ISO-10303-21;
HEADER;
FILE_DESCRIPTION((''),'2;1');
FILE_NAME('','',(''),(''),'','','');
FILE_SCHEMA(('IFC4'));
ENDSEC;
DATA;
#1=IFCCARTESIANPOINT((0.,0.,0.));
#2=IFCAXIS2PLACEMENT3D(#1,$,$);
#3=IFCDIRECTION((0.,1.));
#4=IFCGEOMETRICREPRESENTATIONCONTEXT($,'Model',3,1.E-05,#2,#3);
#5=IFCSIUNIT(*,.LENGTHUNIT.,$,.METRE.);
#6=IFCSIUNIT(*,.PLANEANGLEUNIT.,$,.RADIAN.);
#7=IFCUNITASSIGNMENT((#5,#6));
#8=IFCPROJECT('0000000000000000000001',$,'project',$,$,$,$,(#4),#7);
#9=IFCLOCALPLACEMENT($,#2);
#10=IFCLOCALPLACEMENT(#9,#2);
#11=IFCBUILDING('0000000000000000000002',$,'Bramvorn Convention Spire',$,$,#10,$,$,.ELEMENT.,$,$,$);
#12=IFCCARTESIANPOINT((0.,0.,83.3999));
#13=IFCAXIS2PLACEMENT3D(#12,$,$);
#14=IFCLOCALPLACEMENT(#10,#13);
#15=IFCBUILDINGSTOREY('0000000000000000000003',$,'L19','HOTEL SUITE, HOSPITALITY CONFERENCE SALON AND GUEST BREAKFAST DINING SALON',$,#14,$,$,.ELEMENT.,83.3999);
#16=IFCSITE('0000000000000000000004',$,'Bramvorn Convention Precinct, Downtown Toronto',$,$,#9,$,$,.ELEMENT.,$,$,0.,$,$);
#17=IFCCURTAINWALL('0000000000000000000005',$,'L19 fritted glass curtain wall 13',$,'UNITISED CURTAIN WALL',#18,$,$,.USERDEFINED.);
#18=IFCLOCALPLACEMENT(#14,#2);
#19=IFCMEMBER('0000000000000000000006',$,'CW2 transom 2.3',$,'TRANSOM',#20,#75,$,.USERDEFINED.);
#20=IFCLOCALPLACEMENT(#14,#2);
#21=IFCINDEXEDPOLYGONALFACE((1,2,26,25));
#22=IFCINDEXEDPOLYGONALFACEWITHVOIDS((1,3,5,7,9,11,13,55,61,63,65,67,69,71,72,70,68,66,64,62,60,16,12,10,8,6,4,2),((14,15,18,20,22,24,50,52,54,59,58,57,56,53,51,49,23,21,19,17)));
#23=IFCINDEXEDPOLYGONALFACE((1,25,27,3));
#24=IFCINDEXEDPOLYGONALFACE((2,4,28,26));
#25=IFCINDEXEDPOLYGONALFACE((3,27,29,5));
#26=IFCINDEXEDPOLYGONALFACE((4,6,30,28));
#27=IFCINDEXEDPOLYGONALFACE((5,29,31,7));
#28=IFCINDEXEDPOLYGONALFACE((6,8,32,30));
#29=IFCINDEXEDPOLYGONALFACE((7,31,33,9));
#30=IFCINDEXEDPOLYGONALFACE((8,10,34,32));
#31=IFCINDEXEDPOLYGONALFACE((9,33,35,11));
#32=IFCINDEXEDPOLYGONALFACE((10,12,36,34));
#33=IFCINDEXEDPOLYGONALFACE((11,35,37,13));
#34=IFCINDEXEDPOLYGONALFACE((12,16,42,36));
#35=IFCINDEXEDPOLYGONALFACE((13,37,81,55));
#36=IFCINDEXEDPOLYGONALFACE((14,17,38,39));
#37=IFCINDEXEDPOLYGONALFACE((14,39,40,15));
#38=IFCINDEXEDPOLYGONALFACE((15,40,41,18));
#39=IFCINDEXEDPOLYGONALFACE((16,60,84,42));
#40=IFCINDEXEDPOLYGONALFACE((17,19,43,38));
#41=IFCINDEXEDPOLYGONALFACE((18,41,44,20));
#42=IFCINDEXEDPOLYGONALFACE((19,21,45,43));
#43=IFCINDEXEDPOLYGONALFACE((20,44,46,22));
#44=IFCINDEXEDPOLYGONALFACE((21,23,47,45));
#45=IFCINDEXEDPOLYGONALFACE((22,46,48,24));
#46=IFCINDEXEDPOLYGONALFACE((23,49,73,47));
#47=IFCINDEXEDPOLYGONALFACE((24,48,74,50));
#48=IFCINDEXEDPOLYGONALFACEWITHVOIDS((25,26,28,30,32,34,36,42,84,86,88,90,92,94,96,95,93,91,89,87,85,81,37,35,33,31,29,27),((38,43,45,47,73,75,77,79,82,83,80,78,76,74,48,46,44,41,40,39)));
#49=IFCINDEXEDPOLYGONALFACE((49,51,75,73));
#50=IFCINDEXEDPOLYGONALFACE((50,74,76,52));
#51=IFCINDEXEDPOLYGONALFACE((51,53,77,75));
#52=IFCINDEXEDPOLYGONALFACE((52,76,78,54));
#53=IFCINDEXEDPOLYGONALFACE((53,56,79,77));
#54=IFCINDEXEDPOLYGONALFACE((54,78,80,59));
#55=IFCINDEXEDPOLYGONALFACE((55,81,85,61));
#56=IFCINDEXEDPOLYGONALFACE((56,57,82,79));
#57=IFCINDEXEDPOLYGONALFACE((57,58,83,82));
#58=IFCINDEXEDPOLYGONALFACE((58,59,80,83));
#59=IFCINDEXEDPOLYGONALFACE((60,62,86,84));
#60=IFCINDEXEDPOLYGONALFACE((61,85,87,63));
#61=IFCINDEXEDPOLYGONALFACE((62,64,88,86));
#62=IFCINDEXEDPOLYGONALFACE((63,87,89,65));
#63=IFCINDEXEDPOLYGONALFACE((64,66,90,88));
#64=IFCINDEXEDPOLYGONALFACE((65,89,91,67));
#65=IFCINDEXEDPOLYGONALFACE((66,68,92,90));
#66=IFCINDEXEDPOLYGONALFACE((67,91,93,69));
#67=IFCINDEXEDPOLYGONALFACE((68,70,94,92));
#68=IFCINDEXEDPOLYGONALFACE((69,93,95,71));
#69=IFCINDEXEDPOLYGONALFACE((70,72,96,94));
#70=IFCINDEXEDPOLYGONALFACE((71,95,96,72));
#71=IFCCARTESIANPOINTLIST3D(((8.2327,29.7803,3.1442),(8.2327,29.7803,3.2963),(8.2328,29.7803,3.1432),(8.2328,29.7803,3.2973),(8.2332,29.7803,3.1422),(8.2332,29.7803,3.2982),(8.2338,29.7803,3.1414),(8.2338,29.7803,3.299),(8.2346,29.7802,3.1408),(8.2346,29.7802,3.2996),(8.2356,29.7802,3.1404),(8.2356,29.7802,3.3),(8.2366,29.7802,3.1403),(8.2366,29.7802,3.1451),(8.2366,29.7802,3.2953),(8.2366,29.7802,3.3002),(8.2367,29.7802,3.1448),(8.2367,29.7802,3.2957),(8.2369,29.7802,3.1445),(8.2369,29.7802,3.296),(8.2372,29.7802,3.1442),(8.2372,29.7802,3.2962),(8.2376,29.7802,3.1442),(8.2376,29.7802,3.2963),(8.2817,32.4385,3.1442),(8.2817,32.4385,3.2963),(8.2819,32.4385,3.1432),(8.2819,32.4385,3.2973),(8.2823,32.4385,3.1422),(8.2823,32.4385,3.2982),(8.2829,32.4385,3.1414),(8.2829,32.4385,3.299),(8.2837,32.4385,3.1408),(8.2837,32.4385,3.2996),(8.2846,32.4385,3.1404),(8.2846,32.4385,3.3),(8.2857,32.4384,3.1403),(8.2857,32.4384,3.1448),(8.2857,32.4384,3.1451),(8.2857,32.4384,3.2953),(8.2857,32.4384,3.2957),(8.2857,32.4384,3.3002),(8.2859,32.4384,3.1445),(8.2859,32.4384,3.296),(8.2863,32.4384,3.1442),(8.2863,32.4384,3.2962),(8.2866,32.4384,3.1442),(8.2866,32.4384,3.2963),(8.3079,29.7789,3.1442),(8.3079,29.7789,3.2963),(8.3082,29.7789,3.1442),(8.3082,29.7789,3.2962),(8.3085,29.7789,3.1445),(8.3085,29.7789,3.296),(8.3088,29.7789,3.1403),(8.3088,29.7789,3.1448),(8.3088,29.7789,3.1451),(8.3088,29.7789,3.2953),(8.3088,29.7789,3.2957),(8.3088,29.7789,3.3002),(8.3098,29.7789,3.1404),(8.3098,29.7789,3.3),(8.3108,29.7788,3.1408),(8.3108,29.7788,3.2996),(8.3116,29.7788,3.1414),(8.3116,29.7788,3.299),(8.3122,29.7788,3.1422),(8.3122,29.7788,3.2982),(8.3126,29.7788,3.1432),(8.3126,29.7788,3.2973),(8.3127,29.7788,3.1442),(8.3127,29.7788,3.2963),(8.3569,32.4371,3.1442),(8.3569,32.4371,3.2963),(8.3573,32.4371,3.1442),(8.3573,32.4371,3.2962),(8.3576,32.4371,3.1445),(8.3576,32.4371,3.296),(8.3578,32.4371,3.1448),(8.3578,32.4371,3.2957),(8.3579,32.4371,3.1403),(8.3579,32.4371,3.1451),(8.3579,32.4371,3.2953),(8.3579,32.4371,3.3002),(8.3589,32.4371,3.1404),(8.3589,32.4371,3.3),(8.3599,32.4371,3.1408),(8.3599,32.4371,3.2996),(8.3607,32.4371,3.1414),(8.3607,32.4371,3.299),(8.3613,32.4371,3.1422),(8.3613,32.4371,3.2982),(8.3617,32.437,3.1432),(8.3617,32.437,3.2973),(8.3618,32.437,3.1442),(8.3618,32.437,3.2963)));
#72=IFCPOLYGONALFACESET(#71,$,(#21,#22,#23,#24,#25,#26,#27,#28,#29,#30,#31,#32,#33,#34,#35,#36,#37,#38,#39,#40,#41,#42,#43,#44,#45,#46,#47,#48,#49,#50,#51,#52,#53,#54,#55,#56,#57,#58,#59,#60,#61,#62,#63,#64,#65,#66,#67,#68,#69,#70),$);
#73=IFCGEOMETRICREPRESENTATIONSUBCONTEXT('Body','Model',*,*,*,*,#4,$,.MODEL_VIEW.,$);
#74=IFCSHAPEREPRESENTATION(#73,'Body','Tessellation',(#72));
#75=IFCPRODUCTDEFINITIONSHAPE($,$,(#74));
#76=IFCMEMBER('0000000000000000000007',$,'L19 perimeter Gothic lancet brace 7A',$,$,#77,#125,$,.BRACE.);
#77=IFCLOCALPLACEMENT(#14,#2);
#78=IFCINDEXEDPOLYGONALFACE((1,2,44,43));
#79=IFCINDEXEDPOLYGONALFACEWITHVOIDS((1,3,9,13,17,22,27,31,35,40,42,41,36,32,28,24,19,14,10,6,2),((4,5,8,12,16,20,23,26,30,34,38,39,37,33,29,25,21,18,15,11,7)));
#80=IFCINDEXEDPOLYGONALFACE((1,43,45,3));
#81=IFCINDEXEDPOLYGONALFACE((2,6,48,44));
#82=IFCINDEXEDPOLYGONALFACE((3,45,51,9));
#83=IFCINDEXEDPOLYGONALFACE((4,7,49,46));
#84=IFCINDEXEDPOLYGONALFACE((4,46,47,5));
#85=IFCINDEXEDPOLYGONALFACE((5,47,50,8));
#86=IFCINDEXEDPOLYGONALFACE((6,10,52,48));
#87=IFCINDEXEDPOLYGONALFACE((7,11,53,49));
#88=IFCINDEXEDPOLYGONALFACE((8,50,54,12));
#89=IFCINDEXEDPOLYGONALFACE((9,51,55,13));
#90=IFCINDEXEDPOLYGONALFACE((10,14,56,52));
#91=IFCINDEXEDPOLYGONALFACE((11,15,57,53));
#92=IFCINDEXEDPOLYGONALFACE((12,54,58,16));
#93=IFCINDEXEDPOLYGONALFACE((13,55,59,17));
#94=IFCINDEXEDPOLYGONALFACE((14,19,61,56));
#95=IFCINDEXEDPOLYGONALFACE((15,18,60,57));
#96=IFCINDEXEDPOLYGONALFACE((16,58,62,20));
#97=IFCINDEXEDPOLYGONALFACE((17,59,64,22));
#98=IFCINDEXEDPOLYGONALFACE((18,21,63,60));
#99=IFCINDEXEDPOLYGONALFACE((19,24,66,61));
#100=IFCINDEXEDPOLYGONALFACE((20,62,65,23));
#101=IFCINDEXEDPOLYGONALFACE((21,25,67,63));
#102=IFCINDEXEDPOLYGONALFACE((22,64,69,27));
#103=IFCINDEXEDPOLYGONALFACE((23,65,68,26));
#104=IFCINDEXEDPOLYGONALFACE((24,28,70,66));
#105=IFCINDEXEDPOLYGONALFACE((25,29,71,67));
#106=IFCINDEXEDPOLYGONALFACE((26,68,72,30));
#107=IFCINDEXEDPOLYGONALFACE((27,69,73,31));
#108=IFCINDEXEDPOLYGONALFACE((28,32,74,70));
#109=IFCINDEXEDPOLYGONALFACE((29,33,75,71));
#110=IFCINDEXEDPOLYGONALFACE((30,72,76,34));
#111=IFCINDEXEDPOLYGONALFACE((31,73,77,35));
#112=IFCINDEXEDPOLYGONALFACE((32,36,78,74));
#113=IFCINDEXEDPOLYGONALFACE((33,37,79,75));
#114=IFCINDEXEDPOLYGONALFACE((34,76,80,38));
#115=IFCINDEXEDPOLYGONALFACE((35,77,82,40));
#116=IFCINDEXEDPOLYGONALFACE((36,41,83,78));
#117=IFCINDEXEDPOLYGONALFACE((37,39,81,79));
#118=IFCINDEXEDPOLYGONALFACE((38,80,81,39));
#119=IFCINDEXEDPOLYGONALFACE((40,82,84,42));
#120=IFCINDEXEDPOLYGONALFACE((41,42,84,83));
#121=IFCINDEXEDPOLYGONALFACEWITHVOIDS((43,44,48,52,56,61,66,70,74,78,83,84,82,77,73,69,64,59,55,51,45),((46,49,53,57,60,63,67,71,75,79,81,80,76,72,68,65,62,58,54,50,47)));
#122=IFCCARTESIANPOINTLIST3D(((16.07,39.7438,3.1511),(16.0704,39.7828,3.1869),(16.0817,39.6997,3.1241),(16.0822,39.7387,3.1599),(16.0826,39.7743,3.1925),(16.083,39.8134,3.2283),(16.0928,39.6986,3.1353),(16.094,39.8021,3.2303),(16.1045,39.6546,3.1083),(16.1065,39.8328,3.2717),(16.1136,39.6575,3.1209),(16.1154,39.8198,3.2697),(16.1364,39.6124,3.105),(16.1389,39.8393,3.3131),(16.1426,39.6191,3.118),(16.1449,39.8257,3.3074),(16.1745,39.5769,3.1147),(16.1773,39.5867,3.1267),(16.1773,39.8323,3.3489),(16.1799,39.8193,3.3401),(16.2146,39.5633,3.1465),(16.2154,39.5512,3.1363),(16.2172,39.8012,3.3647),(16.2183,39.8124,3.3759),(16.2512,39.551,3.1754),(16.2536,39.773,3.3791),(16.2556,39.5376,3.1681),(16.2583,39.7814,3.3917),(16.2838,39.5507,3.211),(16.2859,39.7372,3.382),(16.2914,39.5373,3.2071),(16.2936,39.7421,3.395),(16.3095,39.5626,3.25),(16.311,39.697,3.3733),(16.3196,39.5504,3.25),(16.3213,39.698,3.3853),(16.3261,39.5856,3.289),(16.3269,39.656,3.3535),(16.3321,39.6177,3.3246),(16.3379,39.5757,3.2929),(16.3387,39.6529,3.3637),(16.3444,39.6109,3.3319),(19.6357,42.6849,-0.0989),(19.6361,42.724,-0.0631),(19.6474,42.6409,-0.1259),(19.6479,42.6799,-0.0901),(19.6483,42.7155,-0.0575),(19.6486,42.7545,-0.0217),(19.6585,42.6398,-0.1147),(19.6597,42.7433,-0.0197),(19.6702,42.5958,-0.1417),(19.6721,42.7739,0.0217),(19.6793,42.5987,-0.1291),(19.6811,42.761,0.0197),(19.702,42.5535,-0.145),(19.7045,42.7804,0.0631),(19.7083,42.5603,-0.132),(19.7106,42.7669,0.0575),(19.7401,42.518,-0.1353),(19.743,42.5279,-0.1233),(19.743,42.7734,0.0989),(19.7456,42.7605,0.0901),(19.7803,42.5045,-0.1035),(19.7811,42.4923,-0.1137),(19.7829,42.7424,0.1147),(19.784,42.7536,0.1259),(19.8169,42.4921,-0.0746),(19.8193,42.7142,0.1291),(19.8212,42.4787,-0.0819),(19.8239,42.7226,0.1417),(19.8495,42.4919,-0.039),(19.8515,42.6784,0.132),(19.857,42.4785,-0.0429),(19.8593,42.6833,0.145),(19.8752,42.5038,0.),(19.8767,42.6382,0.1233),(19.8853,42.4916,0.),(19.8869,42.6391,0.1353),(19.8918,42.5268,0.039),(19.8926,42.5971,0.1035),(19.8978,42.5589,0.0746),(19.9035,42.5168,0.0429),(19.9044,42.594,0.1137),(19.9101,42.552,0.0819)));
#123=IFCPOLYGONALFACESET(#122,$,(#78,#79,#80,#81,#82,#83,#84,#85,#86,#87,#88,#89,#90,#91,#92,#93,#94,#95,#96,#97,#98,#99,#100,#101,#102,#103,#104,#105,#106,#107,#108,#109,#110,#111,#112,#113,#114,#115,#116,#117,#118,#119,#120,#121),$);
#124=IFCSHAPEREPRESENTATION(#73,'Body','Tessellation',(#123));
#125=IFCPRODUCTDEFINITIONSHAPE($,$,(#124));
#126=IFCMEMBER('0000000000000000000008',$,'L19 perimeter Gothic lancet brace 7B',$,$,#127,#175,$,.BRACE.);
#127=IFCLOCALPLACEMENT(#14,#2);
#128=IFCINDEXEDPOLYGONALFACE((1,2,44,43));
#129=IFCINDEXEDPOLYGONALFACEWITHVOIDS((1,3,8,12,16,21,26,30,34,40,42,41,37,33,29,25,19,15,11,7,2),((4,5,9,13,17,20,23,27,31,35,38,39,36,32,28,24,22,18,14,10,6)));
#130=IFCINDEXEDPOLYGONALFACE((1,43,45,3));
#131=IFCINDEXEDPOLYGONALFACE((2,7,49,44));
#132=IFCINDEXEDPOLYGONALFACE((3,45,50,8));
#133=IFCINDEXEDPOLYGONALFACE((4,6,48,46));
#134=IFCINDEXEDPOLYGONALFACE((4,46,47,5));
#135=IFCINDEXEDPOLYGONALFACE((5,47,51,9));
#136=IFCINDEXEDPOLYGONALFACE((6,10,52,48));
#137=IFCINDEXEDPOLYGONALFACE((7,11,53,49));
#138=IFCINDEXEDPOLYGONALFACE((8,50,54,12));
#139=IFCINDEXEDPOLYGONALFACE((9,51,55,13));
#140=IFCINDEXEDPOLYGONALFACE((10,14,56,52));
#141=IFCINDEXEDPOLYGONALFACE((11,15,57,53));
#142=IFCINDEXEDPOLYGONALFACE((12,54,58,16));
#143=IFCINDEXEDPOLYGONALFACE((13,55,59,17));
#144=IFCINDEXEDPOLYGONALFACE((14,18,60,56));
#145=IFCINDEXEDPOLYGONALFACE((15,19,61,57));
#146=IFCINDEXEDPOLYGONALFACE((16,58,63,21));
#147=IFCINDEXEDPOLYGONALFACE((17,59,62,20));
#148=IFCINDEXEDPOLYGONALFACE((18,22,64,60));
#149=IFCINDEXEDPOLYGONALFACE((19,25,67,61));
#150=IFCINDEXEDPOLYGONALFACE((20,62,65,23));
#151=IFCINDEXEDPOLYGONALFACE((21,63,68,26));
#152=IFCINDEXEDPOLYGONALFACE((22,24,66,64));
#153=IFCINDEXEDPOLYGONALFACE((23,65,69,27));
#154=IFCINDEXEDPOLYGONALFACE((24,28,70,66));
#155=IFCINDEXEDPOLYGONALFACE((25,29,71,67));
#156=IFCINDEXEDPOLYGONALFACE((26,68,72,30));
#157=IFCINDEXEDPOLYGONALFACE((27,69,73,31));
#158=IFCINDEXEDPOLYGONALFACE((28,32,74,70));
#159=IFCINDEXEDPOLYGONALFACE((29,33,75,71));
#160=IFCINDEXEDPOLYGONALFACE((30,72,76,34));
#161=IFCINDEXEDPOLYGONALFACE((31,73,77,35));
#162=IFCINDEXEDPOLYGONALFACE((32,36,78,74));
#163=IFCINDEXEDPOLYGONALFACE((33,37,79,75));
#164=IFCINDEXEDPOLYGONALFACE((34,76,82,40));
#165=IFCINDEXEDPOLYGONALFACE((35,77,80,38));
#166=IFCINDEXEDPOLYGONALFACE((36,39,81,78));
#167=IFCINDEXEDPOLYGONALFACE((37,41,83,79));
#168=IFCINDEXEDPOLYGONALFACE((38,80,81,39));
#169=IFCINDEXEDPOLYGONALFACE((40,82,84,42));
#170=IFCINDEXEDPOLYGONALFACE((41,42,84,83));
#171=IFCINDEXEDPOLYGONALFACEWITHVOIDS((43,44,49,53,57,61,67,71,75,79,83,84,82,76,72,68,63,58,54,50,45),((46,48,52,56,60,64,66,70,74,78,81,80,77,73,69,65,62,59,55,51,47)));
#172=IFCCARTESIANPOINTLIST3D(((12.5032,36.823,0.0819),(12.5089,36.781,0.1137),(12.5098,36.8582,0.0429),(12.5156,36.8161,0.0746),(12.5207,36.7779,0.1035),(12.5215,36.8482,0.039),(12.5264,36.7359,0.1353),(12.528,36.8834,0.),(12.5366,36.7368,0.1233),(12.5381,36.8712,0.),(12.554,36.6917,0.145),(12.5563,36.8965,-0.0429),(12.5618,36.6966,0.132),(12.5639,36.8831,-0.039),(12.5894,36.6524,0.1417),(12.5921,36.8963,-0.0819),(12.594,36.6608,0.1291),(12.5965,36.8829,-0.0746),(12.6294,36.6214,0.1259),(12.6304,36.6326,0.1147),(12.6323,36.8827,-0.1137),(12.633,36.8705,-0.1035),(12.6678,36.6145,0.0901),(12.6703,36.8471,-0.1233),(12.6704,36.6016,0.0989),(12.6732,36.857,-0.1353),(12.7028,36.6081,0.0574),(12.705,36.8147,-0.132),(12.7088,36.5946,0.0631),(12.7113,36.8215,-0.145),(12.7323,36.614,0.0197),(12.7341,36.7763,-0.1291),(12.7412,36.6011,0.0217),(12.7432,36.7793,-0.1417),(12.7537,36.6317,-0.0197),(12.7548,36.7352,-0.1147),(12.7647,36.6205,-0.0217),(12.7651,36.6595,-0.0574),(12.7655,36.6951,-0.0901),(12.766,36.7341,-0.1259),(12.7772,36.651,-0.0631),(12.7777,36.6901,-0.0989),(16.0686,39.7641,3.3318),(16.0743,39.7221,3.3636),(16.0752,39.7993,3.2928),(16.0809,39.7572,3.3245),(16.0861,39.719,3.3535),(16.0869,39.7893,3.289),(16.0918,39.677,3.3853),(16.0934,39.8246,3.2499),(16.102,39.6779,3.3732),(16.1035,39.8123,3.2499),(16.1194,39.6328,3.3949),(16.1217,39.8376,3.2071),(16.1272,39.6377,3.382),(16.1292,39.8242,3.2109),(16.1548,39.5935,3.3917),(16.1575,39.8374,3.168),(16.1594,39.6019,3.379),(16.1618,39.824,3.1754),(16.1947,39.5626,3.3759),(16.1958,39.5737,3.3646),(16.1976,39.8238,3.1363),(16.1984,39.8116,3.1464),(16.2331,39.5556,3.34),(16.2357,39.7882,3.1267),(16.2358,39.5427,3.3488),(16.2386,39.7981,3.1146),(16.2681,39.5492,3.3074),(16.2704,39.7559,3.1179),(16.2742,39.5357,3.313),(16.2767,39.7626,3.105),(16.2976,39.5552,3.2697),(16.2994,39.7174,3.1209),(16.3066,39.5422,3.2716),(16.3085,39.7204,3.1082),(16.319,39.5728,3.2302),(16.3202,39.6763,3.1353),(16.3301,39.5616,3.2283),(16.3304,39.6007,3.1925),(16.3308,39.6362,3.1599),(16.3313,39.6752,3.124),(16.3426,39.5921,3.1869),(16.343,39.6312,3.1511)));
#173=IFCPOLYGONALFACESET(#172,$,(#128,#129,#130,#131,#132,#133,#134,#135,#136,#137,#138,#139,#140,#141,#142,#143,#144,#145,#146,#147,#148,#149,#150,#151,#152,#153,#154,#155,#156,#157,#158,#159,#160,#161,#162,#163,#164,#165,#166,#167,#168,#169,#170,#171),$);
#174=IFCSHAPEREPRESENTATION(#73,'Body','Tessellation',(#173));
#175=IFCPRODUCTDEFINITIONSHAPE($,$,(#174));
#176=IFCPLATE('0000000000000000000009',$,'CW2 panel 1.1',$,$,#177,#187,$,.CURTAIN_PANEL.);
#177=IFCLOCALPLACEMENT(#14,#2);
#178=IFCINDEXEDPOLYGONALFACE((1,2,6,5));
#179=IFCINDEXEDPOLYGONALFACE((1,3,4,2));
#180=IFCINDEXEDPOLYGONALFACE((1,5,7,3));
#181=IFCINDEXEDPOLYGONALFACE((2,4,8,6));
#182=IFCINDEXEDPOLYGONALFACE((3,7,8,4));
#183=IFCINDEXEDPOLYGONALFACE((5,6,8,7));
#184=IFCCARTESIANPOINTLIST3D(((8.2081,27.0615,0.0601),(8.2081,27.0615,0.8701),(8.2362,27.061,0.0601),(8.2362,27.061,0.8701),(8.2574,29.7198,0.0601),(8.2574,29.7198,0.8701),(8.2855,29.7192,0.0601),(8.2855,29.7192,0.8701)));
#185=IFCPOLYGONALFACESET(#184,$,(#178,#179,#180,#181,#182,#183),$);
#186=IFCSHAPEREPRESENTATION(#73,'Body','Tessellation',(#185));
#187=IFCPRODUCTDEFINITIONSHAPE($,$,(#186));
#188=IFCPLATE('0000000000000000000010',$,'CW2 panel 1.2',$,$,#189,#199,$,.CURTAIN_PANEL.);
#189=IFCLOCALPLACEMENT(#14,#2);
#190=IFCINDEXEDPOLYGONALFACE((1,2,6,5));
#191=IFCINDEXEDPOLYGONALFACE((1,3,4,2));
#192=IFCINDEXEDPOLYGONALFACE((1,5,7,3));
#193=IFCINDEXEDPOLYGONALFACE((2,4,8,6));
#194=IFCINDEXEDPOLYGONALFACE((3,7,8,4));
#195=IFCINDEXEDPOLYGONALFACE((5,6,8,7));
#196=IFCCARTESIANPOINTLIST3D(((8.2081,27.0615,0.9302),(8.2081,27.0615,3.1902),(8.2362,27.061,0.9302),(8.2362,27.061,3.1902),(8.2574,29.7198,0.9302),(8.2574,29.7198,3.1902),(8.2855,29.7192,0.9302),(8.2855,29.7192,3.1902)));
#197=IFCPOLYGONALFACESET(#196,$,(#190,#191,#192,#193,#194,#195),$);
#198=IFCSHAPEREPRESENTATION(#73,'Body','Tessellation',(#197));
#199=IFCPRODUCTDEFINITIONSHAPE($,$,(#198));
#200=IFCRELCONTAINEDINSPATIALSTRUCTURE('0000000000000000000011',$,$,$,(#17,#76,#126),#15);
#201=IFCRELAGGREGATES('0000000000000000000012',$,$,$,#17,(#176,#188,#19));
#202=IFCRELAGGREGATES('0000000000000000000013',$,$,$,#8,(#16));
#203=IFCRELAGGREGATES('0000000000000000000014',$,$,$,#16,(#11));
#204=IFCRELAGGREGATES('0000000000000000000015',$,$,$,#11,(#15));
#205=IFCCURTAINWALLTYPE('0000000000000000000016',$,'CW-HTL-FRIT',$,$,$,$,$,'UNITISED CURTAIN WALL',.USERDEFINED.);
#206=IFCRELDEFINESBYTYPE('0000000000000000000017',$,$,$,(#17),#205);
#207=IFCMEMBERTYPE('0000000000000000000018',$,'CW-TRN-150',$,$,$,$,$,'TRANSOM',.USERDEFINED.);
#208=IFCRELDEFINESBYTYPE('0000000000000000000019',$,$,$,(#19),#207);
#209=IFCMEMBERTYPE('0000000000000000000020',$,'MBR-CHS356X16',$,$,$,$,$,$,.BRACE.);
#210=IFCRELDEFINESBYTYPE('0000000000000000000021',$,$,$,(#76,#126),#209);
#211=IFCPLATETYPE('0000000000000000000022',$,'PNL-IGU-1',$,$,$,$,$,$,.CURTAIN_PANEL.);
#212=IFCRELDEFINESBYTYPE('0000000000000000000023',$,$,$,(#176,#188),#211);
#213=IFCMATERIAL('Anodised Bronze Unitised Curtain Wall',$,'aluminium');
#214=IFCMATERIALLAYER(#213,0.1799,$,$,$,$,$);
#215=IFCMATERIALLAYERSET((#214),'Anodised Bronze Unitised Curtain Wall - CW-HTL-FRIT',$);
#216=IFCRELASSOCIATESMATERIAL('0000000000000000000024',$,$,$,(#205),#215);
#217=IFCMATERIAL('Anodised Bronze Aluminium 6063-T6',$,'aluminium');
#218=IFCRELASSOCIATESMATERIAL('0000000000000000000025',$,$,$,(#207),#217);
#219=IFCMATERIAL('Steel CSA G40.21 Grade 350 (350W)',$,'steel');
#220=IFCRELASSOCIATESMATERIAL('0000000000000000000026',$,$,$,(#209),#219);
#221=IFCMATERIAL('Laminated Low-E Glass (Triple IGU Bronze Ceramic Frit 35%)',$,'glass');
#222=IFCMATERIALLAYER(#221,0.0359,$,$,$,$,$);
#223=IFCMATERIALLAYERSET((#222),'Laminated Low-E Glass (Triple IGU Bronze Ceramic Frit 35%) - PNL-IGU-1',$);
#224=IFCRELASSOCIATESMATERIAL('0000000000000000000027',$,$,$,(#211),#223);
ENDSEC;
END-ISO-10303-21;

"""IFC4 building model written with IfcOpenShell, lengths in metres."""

from ifc_helpers import new_model, si_unit, direction, frame, origin, origin_2d, place, context, subcontext, project, spatial, rectangle, hollow_rectangle, hollow_circle, extrude, material, layer, layer_set, material_profile, profile_set, type_object, element, aggregate, save


model = new_model("IFC4")

# Units and contexts
model_context = context("Model", 3, precision=1e-05, world=origin(), true_north=direction((0.0, 1.0)))
body_context = subcontext(model_context, "Body", "Model", "MODEL_VIEW")
ifc_project = project(units=[si_unit("LENGTHUNIT", "METRE"), si_unit("PLANEANGLEUNIT", "RADIAN")], contexts=[model_context])

# Site, building, storey
site_placement = place(None, origin())
site = spatial("IfcSite", under=ifc_project, at=site_placement, Name="Bramvorn Convention Precinct, Downtown Toronto", CompositionType="ELEMENT", RefElevation=0.0)
building_placement = place(site_placement, origin())
building = spatial("IfcBuilding", under=site, at=building_placement, Name="Bramvorn Convention Spire", CompositionType="ELEMENT")
storey_placement = place(building_placement, frame((0.0, 0.0, 83.3999)))
storey = spatial("IfcBuildingStorey", under=building, at=storey_placement, Name="L19", Description="HOTEL SUITE, HOSPITALITY CONFERENCE SALON AND GUEST BREAKFAST DINING SALON", CompositionType="ELEMENT", Elevation=83.3999)

# Shared definitions
ifc_material_1 = material(Name="Steel CSA G40.21 Grade 350 (350W)", Category="steel")

# Curtain wall
ifc_material_2 = material(Name="Anodised Bronze Unitised Curtain Wall", Category="aluminium")
ifc_layer_1 = layer(ifc_material_2, 0.1799)
ifc_layer_set_1 = layer_set([ifc_layer_1], Name="Anodised Bronze Unitised Curtain Wall - CW-HTL-FRIT")
curtain_wall_type = type_object("IfcCurtainWallType", Name="CW-HTL-FRIT", ElementType="UNITISED CURTAIN WALL", PredefinedType="USERDEFINED", material=ifc_layer_set_1)
curtain_wall_1_placement = place(storey_placement, origin())
curtain_wall_1 = element("IfcCurtainWall", 1, at=curtain_wall_1_placement, inside=storey, type_object=curtain_wall_type, Name="L19 fritted glass curtain wall 13", ObjectType="UNITISED CURTAIN WALL", PredefinedType="USERDEFINED")
ifc_material_3 = material(Name="Anodised Bronze Aluminium 6063-T6", Category="aluminium")

# Member
ifc_material_profile_1 = material_profile(ifc_material_3, hollow_rectangle(XDim=0.0801, YDim=0.1599, WallThickness=0.0039, InnerFilletRadius=0.001, OuterFilletRadius=0.0039, at=origin_2d()))
ifc_profile_set_1 = profile_set([ifc_material_profile_1], Name="Anodised Bronze Aluminium 6063-T6 - CWT80X160")
member_type_1 = type_object("IfcMemberType", Name="CW-TRN-150", ElementType="TRANSOM", PredefinedType="USERDEFINED", material=ifc_profile_set_1)
member_1_placement = place(storey_placement, frame((8.2727, 29.7795, 3.2202), z_axis=(0.018458, 0.99983, 0.0), x_axis=(-0.99983, 0.018458, 0.0)))
member_1 = element("IfcMember", 2, at=member_1_placement, type_object=member_type_1, Name="CW2 transom 2.3", ObjectType="TRANSOM", PredefinedType="USERDEFINED", context=body_context, shape_type="SweptSolid", body=[
    extrude(hollow_rectangle(XDim=0.0801, YDim=0.1599, WallThickness=0.0039, InnerFilletRadius=0.001, OuterFilletRadius=0.0039, at=origin_2d()), origin(), (0.0, 0.0, 1.0), 2.6587),
])

# Members
ifc_material_profile_2 = material_profile(ifc_material_1, hollow_circle(Radius=0.1777, WallThickness=0.0159, at=origin_2d()))
ifc_profile_set_2 = profile_set([ifc_material_profile_2], Name="Steel CSA G40.21 Grade 350 (350W) - CHS356X16")
member_type_2 = type_object("IfcMemberType", Name="MBR-CHS356X16", PredefinedType="BRACE", material=ifc_profile_set_2)
member_2_placement = place(storey_placement, frame((19.7722, 42.6287, 0.0), z_axis=(-0.631049, -0.520523, 0.575181), x_axis=(0.636316, -0.771428, 0.0)))
element("IfcMember", 3, at=member_2_placement, inside=storey, type_object=member_type_2, Name="L19 perimeter Gothic lancet brace 7A", PredefinedType="BRACE", context=body_context, shape_type="SweptSolid", body=[
    extrude(hollow_circle(Radius=0.1777, WallThickness=0.0159, at=origin_2d()), origin(), (0.0, 0.0, 1.0), 5.6504),
])
member_3_placement = place(storey_placement, frame((12.6411, 36.7463, 0.0), z_axis=(0.631023, 0.520537, 0.575197), x_axis=(-0.636342, 0.771407, 0.0)))
element("IfcMember", 4, at=member_3_placement, inside=storey, type_object=member_type_2, Name="L19 perimeter Gothic lancet brace 7B", PredefinedType="BRACE", context=body_context, shape_type="SweptSolid", body=[
    extrude(hollow_circle(Radius=0.1777, WallThickness=0.0159, at=origin_2d()), origin(), (0.0, 0.0, 1.0), 5.6501),
])

# Plates
ifc_material_4 = material(Name="Laminated Low-E Glass (Triple IGU Bronze Ceramic Frit 35%)", Category="glass")
ifc_layer_2 = layer(ifc_material_4, 0.0359)
ifc_layer_set_2 = layer_set([ifc_layer_2], Name="Laminated Low-E Glass (Triple IGU Bronze Ceramic Frit 35%) - PNL-IGU-1")
plate_type = type_object("IfcPlateType", Name="PNL-IGU-1", PredefinedType="CURTAIN_PANEL", material=ifc_layer_set_2)
plate_1_placement = place(storey_placement, frame((8.2468, 28.3904, 0.0601), z_axis=(0.0, 0.0, 1.0), x_axis=(0.018536, 0.999828, 0.0)))
plate_1 = element("IfcPlate", 5, at=plate_1_placement, type_object=plate_type, Name="CW2 panel 1.1", PredefinedType="CURTAIN_PANEL", context=body_context, shape_type="SweptSolid", body=[
    extrude(rectangle(XDim=2.6587, YDim=0.0281, at=origin_2d()), origin(), (0.0, 0.0, 1.0), 0.8101),
])
plate_2_placement = place(storey_placement, frame((8.2468, 28.3904, 0.9302), z_axis=(0.0, 0.0, 1.0), x_axis=(0.018536, 0.999828, 0.0)))
plate_2 = element("IfcPlate", 6, at=plate_2_placement, type_object=plate_type, Name="CW2 panel 1.2", PredefinedType="CURTAIN_PANEL", context=body_context, shape_type="SweptSolid", body=[
    extrude(rectangle(XDim=2.6587, YDim=0.0281, at=origin_2d()), origin(), (0.0, 0.0, 1.0), 2.26),
])
aggregate(curtain_wall_1, [plate_1, plate_2, member_1])

save(model, "model.ifc")
